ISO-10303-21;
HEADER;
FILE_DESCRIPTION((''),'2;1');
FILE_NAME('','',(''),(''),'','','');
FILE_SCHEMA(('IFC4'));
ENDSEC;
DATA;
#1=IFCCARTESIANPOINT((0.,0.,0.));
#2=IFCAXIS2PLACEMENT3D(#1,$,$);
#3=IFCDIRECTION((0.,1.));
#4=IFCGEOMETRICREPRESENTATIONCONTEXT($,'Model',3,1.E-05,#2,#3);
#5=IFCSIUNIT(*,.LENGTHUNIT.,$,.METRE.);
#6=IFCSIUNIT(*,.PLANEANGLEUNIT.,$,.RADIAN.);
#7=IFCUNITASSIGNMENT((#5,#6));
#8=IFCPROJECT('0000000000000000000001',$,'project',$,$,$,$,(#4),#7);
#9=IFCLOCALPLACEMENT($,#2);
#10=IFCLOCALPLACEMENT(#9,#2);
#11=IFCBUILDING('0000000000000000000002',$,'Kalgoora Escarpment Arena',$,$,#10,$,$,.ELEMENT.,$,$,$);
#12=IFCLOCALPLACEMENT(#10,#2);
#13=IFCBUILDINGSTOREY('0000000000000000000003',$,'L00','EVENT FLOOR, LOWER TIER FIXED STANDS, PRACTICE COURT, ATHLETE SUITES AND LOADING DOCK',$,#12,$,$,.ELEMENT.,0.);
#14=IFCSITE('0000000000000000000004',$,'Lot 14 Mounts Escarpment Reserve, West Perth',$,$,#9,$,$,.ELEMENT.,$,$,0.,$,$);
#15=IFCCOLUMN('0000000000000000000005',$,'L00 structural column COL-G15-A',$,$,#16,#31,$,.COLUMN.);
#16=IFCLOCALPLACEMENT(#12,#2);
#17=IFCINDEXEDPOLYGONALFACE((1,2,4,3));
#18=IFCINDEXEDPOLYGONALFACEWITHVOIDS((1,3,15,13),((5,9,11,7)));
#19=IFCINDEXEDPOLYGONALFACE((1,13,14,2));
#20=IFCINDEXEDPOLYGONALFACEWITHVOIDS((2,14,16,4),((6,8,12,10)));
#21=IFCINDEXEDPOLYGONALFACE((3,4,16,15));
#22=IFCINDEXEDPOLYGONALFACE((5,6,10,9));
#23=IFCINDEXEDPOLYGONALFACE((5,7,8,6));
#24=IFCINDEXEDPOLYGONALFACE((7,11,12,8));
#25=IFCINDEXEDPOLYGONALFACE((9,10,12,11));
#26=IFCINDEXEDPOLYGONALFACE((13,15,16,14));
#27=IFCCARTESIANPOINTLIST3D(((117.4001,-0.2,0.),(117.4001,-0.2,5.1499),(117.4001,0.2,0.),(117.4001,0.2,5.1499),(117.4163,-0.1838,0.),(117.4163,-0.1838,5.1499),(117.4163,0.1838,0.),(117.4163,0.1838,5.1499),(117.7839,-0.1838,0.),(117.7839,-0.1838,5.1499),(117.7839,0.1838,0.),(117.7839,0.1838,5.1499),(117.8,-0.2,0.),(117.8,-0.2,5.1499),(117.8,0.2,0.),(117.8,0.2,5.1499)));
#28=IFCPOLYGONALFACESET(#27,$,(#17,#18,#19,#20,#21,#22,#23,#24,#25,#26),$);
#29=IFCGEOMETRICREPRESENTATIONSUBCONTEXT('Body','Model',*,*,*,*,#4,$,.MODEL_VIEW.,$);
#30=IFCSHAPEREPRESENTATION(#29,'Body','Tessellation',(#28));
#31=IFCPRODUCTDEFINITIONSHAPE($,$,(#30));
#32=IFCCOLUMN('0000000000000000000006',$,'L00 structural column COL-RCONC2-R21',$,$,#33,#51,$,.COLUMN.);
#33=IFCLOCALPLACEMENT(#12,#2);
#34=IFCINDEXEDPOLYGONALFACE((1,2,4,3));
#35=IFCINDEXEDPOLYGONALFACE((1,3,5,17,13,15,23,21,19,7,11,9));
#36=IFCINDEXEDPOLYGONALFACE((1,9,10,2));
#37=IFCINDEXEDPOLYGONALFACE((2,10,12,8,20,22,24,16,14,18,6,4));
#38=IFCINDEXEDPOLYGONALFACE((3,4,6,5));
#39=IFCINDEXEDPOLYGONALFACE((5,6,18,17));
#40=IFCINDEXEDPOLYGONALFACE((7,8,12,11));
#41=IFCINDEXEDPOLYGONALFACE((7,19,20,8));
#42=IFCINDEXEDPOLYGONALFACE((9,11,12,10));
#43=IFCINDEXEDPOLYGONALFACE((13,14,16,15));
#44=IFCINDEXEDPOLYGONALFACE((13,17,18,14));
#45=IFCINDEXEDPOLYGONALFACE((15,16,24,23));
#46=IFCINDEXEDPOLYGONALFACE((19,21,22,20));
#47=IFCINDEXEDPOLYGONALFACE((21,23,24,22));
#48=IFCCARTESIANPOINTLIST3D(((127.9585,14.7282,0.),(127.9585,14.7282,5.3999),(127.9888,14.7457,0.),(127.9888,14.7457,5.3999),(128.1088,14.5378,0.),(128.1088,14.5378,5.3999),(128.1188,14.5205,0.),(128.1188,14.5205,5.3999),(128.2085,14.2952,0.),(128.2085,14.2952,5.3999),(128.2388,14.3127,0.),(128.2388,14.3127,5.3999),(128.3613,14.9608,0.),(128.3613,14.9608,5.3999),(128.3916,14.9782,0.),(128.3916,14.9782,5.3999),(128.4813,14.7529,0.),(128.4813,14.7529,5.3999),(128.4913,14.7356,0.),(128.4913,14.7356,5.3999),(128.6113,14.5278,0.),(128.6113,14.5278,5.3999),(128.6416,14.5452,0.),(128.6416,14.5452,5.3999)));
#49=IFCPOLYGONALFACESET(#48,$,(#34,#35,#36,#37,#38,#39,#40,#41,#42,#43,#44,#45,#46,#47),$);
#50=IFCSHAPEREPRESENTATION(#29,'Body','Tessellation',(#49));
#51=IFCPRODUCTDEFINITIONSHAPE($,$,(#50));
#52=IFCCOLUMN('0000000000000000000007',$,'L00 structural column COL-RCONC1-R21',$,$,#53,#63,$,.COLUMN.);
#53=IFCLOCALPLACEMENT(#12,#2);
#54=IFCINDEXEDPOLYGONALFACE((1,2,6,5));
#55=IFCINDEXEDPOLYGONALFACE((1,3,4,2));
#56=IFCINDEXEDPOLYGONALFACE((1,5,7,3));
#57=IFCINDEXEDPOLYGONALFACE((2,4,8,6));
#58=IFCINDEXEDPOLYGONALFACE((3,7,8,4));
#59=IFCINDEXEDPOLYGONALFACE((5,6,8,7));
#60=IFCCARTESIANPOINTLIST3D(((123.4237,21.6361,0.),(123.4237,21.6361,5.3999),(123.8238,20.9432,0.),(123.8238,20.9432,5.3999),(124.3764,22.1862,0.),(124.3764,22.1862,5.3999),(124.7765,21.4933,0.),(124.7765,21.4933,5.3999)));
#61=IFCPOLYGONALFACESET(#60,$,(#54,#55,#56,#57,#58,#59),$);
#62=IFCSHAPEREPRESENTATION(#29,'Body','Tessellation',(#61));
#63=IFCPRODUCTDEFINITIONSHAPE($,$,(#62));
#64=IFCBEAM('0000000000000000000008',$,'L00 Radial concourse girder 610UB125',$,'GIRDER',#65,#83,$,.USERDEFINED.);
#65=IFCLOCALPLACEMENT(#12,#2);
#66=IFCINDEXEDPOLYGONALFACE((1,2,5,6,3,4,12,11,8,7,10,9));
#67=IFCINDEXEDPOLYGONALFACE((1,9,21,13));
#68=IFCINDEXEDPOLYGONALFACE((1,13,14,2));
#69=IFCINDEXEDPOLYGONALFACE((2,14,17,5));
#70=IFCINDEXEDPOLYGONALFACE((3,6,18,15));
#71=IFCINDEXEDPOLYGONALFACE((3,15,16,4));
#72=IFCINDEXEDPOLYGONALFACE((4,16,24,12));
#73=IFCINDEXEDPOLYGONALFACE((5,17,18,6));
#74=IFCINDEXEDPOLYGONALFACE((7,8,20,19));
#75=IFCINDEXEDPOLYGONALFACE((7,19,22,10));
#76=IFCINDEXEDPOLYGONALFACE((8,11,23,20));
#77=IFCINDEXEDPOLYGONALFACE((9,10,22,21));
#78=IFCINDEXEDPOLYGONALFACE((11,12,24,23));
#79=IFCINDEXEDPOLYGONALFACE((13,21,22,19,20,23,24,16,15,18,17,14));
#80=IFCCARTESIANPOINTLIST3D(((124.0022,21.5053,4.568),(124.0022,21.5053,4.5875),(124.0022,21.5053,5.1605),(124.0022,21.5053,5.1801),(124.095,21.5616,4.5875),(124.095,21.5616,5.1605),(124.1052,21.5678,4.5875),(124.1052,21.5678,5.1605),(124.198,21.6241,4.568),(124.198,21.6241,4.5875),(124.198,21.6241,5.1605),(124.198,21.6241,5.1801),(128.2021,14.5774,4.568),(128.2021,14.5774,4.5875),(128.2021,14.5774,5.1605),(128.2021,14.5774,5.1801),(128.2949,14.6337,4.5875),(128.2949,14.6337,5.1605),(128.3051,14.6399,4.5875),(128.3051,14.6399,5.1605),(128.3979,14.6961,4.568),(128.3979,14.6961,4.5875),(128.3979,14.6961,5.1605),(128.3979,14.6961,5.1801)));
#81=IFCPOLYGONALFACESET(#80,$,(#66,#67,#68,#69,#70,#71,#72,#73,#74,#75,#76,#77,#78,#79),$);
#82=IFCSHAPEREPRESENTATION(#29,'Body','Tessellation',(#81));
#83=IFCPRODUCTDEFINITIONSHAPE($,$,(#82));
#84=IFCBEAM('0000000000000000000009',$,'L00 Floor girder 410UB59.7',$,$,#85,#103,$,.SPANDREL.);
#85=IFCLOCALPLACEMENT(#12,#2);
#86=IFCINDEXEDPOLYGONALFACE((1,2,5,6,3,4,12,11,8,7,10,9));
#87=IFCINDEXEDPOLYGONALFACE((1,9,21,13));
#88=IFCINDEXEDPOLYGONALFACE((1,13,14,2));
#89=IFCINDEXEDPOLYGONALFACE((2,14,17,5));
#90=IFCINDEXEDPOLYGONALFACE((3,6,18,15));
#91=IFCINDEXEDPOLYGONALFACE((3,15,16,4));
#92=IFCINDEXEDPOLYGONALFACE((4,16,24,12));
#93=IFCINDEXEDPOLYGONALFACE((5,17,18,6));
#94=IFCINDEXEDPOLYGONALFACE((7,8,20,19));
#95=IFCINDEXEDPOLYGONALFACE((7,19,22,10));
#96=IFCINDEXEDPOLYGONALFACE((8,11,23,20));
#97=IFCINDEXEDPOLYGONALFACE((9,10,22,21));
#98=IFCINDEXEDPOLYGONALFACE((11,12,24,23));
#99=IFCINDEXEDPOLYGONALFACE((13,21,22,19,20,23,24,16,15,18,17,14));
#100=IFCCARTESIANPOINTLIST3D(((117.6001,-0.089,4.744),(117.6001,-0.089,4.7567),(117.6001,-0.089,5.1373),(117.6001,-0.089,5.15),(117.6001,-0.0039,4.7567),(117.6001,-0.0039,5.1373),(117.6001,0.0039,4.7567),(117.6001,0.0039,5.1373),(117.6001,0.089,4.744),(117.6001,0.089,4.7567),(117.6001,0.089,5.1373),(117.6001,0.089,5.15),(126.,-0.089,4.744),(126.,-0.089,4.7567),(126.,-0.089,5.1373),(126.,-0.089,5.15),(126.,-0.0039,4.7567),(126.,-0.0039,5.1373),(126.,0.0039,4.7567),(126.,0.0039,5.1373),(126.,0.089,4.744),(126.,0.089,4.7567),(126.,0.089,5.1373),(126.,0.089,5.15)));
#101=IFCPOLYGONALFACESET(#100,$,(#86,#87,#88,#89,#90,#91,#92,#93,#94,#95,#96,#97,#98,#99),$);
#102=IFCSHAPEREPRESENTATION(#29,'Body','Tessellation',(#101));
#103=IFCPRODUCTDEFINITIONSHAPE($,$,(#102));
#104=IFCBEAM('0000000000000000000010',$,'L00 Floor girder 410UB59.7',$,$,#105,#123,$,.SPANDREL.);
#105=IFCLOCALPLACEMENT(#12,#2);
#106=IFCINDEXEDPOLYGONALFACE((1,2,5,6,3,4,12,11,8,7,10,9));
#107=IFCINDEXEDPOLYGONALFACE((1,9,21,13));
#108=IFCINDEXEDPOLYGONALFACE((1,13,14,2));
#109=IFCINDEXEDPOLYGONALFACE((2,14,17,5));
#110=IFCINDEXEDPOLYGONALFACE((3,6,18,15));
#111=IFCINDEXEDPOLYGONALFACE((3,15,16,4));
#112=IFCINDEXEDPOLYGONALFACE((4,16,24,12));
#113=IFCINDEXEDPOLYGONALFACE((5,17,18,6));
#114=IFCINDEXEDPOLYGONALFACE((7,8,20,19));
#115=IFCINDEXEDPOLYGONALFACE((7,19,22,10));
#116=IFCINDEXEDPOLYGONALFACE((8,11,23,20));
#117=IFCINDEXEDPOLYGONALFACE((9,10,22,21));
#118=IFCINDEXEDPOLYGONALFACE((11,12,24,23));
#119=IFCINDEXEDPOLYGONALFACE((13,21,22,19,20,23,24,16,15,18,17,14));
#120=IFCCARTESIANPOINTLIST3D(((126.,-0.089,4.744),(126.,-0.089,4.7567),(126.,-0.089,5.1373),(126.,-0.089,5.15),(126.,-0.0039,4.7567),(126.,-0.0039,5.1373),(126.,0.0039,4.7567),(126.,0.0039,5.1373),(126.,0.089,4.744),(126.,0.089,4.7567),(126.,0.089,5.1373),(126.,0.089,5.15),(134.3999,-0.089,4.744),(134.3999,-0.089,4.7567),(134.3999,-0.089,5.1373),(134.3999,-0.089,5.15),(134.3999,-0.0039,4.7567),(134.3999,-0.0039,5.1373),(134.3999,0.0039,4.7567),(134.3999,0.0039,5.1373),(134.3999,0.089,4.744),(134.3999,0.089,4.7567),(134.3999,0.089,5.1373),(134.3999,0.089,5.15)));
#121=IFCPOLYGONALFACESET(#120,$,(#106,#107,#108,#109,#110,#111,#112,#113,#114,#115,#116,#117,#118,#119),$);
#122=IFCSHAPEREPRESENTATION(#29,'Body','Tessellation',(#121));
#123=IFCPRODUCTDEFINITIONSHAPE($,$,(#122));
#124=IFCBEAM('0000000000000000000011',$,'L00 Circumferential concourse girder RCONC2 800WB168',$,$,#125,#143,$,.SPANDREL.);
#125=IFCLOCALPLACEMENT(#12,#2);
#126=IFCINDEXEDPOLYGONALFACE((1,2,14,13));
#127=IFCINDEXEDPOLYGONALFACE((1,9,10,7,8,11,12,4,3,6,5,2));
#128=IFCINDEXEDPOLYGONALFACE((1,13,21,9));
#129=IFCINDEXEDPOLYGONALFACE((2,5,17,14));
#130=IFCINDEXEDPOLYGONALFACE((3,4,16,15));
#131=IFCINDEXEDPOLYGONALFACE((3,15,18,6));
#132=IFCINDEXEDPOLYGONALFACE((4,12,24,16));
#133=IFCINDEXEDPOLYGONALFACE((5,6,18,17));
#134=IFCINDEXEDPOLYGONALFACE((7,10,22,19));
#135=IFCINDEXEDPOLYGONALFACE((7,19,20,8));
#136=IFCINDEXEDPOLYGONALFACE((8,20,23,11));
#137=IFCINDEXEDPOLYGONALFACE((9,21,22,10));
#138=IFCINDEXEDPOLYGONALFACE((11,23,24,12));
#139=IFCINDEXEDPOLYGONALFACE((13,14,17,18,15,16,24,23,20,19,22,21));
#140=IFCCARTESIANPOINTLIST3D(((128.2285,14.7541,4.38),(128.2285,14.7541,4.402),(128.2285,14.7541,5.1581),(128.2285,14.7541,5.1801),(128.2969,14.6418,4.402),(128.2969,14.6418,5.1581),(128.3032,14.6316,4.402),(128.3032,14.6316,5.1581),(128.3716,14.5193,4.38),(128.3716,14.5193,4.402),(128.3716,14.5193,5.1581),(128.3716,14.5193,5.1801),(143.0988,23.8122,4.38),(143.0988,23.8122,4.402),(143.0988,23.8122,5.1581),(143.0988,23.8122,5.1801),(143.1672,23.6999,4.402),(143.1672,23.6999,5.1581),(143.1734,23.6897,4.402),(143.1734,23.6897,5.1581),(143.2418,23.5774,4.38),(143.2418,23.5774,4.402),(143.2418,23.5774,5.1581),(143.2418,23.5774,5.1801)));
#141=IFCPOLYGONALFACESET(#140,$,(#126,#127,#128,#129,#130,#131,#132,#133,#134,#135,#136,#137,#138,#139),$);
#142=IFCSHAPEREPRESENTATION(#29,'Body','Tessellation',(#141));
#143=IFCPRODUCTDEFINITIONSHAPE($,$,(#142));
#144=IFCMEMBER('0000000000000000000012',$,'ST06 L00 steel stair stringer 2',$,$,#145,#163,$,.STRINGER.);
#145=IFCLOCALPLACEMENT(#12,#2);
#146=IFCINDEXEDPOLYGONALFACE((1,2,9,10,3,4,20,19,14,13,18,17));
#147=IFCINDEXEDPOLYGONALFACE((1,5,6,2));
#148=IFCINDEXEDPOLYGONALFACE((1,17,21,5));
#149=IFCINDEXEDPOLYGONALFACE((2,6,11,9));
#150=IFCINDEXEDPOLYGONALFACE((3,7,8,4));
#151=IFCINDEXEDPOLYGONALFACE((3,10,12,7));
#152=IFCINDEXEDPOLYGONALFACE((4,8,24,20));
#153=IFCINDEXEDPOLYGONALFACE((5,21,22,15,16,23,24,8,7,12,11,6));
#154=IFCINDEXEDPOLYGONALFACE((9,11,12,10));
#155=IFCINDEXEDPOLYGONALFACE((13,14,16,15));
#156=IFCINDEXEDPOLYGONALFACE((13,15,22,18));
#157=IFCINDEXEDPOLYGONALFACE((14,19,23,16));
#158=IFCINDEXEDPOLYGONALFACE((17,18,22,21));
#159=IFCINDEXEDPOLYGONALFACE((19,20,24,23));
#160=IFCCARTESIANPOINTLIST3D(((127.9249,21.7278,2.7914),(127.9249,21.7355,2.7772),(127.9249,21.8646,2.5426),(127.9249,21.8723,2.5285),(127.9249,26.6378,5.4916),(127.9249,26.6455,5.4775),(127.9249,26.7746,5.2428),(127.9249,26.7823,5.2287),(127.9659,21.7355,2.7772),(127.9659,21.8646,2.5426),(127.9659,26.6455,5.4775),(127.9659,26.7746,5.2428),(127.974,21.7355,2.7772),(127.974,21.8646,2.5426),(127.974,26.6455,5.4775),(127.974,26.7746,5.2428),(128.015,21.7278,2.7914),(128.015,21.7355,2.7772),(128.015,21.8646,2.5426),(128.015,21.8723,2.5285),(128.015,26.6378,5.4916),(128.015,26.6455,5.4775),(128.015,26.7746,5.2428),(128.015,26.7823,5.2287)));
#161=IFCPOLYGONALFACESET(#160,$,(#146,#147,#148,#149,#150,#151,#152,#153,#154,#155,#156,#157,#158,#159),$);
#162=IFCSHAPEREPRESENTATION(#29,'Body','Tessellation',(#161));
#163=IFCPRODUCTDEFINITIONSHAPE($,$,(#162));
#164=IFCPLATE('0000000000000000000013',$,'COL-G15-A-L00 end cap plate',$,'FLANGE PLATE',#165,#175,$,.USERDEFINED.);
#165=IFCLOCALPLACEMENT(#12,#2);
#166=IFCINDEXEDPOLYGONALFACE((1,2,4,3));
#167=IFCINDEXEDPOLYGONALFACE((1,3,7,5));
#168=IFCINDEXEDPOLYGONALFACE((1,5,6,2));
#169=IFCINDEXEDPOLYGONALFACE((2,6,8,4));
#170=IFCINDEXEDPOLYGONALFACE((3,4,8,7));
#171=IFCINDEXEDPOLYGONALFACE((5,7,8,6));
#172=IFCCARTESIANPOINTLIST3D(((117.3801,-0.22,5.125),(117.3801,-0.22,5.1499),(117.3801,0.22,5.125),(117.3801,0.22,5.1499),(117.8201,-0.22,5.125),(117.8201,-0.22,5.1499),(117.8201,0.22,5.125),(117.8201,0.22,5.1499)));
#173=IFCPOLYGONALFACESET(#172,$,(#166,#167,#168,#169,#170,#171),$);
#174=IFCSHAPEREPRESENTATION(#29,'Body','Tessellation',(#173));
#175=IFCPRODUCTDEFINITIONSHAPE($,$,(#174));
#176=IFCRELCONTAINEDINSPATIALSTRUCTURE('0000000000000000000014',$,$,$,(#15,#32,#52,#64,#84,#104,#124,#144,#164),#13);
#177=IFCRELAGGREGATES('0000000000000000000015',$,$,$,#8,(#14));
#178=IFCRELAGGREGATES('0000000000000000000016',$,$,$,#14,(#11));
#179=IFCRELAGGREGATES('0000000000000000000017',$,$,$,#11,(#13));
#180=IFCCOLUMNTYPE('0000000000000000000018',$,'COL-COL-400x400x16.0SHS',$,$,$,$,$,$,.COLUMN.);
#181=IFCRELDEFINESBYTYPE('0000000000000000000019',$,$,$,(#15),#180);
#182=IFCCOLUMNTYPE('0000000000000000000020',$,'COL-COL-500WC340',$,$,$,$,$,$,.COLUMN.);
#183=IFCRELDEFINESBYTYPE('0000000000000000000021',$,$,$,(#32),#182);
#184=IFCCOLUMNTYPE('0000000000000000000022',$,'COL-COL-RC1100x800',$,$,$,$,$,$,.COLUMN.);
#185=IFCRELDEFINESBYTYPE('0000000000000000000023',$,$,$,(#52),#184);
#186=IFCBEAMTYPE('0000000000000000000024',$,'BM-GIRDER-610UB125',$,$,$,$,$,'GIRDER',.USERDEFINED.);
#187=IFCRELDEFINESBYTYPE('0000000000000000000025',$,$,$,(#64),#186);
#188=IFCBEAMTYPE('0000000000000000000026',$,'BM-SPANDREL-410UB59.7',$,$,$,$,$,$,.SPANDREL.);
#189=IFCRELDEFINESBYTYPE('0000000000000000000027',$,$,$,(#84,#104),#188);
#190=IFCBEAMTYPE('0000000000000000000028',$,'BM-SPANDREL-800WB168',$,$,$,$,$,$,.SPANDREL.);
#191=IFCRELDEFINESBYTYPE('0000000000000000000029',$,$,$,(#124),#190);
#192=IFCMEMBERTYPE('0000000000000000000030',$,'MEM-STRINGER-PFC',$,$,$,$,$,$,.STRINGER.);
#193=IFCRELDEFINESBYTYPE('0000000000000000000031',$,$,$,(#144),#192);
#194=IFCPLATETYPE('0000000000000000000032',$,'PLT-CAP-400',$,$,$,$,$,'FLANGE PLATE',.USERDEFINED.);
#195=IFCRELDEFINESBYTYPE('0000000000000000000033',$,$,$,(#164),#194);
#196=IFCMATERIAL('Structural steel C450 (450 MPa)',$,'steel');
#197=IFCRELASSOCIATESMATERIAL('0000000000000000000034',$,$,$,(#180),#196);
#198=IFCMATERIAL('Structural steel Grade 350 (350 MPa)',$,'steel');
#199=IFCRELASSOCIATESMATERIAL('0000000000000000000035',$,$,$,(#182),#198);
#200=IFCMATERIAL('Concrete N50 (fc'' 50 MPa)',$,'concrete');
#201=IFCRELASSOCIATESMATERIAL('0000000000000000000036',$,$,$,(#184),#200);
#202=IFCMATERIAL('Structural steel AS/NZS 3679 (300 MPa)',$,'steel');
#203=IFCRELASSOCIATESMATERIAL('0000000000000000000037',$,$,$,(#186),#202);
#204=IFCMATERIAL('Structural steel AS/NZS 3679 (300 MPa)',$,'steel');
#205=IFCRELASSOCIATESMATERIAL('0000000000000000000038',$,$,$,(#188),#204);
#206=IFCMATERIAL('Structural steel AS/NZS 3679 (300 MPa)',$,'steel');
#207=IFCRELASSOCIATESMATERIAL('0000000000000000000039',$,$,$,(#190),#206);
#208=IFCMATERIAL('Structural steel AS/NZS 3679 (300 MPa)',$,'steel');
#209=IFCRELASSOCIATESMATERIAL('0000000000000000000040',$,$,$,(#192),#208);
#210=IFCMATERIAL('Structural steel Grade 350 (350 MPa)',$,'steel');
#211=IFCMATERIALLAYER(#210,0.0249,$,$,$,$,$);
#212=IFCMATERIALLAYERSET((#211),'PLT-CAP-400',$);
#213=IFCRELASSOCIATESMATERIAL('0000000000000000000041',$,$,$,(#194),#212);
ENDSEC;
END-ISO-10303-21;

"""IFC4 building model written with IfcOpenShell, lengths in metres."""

from ifc_helpers import new_model, si_unit, direction, frame, origin, origin_2d, place, context, subcontext, project, spatial, rectangle, hollow_rectangle, i_section, extrude, material, layer, layer_set, material_profile, profile_set, type_object, element, save


model = new_model("IFC4")

# Units and contexts
model_context = context("Model", 3, precision=1e-05, world=origin(), true_north=direction((0.0, 1.0)))
body_context = subcontext(model_context, "Body", "Model", "MODEL_VIEW")
ifc_project = project(units=[si_unit("LENGTHUNIT", "METRE"), si_unit("PLANEANGLEUNIT", "RADIAN")], contexts=[model_context])

# Site, building, storey
site_placement = place(None, origin())
site = spatial("IfcSite", under=ifc_project, at=site_placement, Name="Lot 14 Mounts Escarpment Reserve, West Perth", CompositionType="ELEMENT", RefElevation=0.0)
building_placement = place(site_placement, origin())
building = spatial("IfcBuilding", under=site, at=building_placement, Name="Kalgoora Escarpment Arena", CompositionType="ELEMENT")
storey_placement = place(building_placement, origin())
storey = spatial("IfcBuildingStorey", under=building, at=storey_placement, Name="L00", Description="EVENT FLOOR, LOWER TIER FIXED STANDS, PRACTICE COURT, ATHLETE SUITES AND LOADING DOCK", CompositionType="ELEMENT", Elevation=0.0)

# Columns
ifc_material_1 = material(Name="Structural steel C450 (450 MPa)", Category="steel")
ifc_material_profile_1 = material_profile(ifc_material_1, hollow_rectangle(XDim=0.3999, YDim=0.3999, WallThickness=0.0161, at=origin_2d()))
ifc_profile_set_1 = profile_set([ifc_material_profile_1], Name="Structural steel C450 (450 MPa)")
column_type_1 = type_object("IfcColumnType", Name="COL-COL-400x400x16.0SHS", PredefinedType="COLUMN", material=ifc_profile_set_1)
column_1_placement = place(storey_placement, frame((117.6001, 0.0, 0.0), z_axis=(0.0, 0.0, 1.0), x_axis=(1.0, 0.0, 0.0)))
element("IfcColumn", 1, at=column_1_placement, inside=storey, type_object=column_type_1, Name="L00 structural column COL-G15-A", PredefinedType="COLUMN", context=body_context, shape_type="SweptSolid", body=[
    extrude(hollow_rectangle(XDim=0.3999, YDim=0.3999, WallThickness=0.0161, at=origin_2d()), origin(), (0.0, 0.0, 1.0), 5.1499),
])
ifc_material_2 = material(Name="Structural steel Grade 350 (350 MPa)", Category="steel")
ifc_material_profile_2 = material_profile(ifc_material_2, i_section(OverallWidth=0.5, OverallDepth=0.5, WebThickness=0.02, FlangeThickness=0.0349, at=origin_2d()))
ifc_profile_set_2 = profile_set([ifc_material_profile_2], Name="Structural steel Grade 350 (350 MPa)")
column_type_2 = type_object("IfcColumnType", Name="COL-COL-500WC340", PredefinedType="COLUMN", material=ifc_profile_set_2)
column_2_placement = place(storey_placement, frame((128.3, 14.6367, 0.0), z_axis=(0.0, 0.0, 1.0), x_axis=(0.5, -0.866025, 0.0)))
element("IfcColumn", 2, at=column_2_placement, inside=storey, type_object=column_type_2, Name="L00 structural column COL-RCONC2-R21", PredefinedType="COLUMN", context=body_context, shape_type="SweptSolid", body=[
    extrude(i_section(OverallWidth=0.5, OverallDepth=0.5, WebThickness=0.02, FlangeThickness=0.0349, at=origin_2d()), origin(), (0.0, 0.0, 1.0), 5.3999),
])
ifc_material_3 = material(Name="Concrete N50 (fc' 50 MPa)", Category="concrete")
ifc_material_profile_3 = material_profile(ifc_material_3, rectangle(XDim=0.8, YDim=1.1001, at=origin_2d()))
ifc_profile_set_3 = profile_set([ifc_material_profile_3], Name="Concrete N50 (fc' 50 MPa)")
column_type_3 = type_object("IfcColumnType", Name="COL-COL-RC1100x800", PredefinedType="COLUMN", material=ifc_profile_set_3)
column_3_placement = place(storey_placement, frame((124.1001, 21.5647, 0.0), z_axis=(0.0, 0.0, 1.0), x_axis=(0.5, -0.866025, 0.0)))
element("IfcColumn", 3, at=column_3_placement, inside=storey, type_object=column_type_3, Name="L00 structural column COL-RCONC1-R21", PredefinedType="COLUMN", context=body_context, shape_type="SweptSolid", body=[
    extrude(rectangle(XDim=0.8, YDim=1.1001, at=origin_2d()), origin(), (0.0, 0.0, 1.0), 5.3999),
])

# Beams
ifc_material_4 = material(Name="Structural steel AS/NZS 3679 (300 MPa)", Category="steel")
ifc_material_profile_4 = material_profile(ifc_material_4, i_section(OverallWidth=0.229, OverallDepth=0.6121, WebThickness=0.012, FlangeThickness=0.0195, at=origin_2d()))
ifc_profile_set_4 = profile_set([ifc_material_profile_4], Name="Structural steel AS/NZS 3679 (300 MPa)")
beam_type_1 = type_object("IfcBeamType", Name="BM-GIRDER-610UB125", ElementType="GIRDER", PredefinedType="USERDEFINED", material=ifc_profile_set_4)
beam_1_placement = place(storey_placement, frame((124.1001, 21.5647, 4.874), z_axis=(0.518408, -0.855133, 0.0), x_axis=(0.855133, 0.518408, 0.0)))
element("IfcBeam", 4, at=beam_1_placement, inside=storey, type_object=beam_type_1, Name="L00 Radial concourse girder 610UB125", ObjectType="GIRDER", PredefinedType="USERDEFINED", context=body_context, shape_type="SweptSolid", body=[
    extrude(i_section(OverallWidth=0.229, OverallDepth=0.6121, WebThickness=0.012, FlangeThickness=0.0195, at=origin_2d()), origin(), (0.0, 0.0, 1.0), 8.1016),
])
ifc_material_5 = material(Name="Structural steel AS/NZS 3679 (300 MPa)", Category="steel")
ifc_material_profile_5 = material_profile(ifc_material_5, i_section(OverallWidth=0.178, OverallDepth=0.406, WebThickness=0.0078, FlangeThickness=0.0127, at=origin_2d()))
ifc_profile_set_5 = profile_set([ifc_material_profile_5], Name="Structural steel AS/NZS 3679 (300 MPa)")
beam_type_2 = type_object("IfcBeamType", Name="BM-SPANDREL-410UB59.7", PredefinedType="SPANDREL", material=ifc_profile_set_5)
for number, where, z_axis, x_axis, name in (
    (5, (117.6001, 0.0, 4.947), (1.0, 0.0, 0.0), (0.0, 1.0, 0.0), "L00 Floor girder 410UB59.7"),
    (6, (126.0, 0.0, 4.947), (1.0, 0.0, 0.0), (0.0, 1.0, 0.0), "L00 Floor girder 410UB59.7"),
):
    element("IfcBeam", number, at=place(storey_placement, frame(where, z_axis=z_axis, x_axis=x_axis)), inside=storey, type_object=beam_type_2, Name=name, PredefinedType="SPANDREL", context=body_context, shape_type="SweptSolid", body=[
        extrude(i_section(OverallWidth=0.178, OverallDepth=0.406, WebThickness=0.0078, FlangeThickness=0.0127, at=origin_2d()), origin(), (0.0, 0.0, 1.0), 8.3999),
    ])
ifc_material_6 = material(Name="Structural steel AS/NZS 3679 (300 MPa)", Category="steel")
ifc_material_profile_6 = material_profile(ifc_material_6, i_section(OverallWidth=0.2749, OverallDepth=0.8, WebThickness=0.012, FlangeThickness=0.022, at=origin_2d()))
ifc_profile_set_6 = profile_set([ifc_material_profile_6], Name="Structural steel AS/NZS 3679 (300 MPa)")
beam_type_3 = type_object("IfcBeamType", Name="BM-SPANDREL-800WB168", PredefinedType="SPANDREL", material=ifc_profile_set_6)
beam_2_placement = place(storey_placement, frame((128.3, 14.6367, 4.78), z_axis=(0.854031, 0.520223, 0.0), x_axis=(-0.520223, 0.854031, 0.0)))
element("IfcBeam", 7, at=beam_2_placement, inside=storey, type_object=beam_type_3, Name="L00 Circumferential concourse girder RCONC2 800WB168", PredefinedType="SPANDREL", context=body_context, shape_type="SweptSolid", body=[
    extrude(i_section(OverallWidth=0.2749, OverallDepth=0.8, WebThickness=0.012, FlangeThickness=0.022, at=origin_2d()), origin(), (0.0, 0.0, 1.0), 17.4119),
])

# Member
ifc_material_7 = material(Name="Structural steel AS/NZS 3679 (300 MPa)", Category="steel")
ifc_material_profile_7 = material_profile(ifc_material_7, i_section(OverallWidth=0.0901, OverallDepth=0.3, WebThickness=0.0081, FlangeThickness=0.0161, at=origin_2d()))
ifc_profile_set_7 = profile_set([ifc_material_profile_7], Name="Structural steel AS/NZS 3679 (300 MPa)")
member_type = type_object("IfcMemberType", Name="MEM-STRINGER-PFC", PredefinedType="STRINGER", material=ifc_profile_set_7)
member_placement = place(storey_placement, frame((127.97, 21.8, 2.6599), z_axis=(0.0, 0.876235, 0.481884), x_axis=(-1.0, 0.0, 0.0)))
element("IfcMember", 8, at=member_placement, inside=storey, type_object=member_type, Name="ST06 L00 steel stair stringer 2", PredefinedType="STRINGER", context=body_context, shape_type="SweptSolid", body=[
    extrude(i_section(OverallWidth=0.0901, OverallDepth=0.3, WebThickness=0.0081, FlangeThickness=0.0161, at=origin_2d()), origin(), (0.0, 0.0, 1.0), 5.6035),
])

# Plate
ifc_material_8 = material(Name="Structural steel Grade 350 (350 MPa)", Category="steel")
ifc_layer_1 = layer(ifc_material_8, 0.0249)
ifc_layer_set_1 = layer_set([ifc_layer_1], Name="PLT-CAP-400")
plate_type = type_object("IfcPlateType", Name="PLT-CAP-400", ElementType="FLANGE PLATE", PredefinedType="USERDEFINED", material=ifc_layer_set_1)
plate_placement = place(storey_placement, frame((117.6001, 0.0, 5.125), z_axis=(0.0, 0.0, 1.0), x_axis=(1.0, 0.0, 0.0)))
element("IfcPlate", 9, at=plate_placement, inside=storey, type_object=plate_type, Name="COL-G15-A-L00 end cap plate", ObjectType="FLANGE PLATE", PredefinedType="USERDEFINED", context=body_context, shape_type="SweptSolid", body=[
    extrude(rectangle(XDim=0.4399, YDim=0.4399, at=origin_2d()), origin(), (0.0, 0.0, 1.0), 0.0249),
])

save(model, "model.ifc")
